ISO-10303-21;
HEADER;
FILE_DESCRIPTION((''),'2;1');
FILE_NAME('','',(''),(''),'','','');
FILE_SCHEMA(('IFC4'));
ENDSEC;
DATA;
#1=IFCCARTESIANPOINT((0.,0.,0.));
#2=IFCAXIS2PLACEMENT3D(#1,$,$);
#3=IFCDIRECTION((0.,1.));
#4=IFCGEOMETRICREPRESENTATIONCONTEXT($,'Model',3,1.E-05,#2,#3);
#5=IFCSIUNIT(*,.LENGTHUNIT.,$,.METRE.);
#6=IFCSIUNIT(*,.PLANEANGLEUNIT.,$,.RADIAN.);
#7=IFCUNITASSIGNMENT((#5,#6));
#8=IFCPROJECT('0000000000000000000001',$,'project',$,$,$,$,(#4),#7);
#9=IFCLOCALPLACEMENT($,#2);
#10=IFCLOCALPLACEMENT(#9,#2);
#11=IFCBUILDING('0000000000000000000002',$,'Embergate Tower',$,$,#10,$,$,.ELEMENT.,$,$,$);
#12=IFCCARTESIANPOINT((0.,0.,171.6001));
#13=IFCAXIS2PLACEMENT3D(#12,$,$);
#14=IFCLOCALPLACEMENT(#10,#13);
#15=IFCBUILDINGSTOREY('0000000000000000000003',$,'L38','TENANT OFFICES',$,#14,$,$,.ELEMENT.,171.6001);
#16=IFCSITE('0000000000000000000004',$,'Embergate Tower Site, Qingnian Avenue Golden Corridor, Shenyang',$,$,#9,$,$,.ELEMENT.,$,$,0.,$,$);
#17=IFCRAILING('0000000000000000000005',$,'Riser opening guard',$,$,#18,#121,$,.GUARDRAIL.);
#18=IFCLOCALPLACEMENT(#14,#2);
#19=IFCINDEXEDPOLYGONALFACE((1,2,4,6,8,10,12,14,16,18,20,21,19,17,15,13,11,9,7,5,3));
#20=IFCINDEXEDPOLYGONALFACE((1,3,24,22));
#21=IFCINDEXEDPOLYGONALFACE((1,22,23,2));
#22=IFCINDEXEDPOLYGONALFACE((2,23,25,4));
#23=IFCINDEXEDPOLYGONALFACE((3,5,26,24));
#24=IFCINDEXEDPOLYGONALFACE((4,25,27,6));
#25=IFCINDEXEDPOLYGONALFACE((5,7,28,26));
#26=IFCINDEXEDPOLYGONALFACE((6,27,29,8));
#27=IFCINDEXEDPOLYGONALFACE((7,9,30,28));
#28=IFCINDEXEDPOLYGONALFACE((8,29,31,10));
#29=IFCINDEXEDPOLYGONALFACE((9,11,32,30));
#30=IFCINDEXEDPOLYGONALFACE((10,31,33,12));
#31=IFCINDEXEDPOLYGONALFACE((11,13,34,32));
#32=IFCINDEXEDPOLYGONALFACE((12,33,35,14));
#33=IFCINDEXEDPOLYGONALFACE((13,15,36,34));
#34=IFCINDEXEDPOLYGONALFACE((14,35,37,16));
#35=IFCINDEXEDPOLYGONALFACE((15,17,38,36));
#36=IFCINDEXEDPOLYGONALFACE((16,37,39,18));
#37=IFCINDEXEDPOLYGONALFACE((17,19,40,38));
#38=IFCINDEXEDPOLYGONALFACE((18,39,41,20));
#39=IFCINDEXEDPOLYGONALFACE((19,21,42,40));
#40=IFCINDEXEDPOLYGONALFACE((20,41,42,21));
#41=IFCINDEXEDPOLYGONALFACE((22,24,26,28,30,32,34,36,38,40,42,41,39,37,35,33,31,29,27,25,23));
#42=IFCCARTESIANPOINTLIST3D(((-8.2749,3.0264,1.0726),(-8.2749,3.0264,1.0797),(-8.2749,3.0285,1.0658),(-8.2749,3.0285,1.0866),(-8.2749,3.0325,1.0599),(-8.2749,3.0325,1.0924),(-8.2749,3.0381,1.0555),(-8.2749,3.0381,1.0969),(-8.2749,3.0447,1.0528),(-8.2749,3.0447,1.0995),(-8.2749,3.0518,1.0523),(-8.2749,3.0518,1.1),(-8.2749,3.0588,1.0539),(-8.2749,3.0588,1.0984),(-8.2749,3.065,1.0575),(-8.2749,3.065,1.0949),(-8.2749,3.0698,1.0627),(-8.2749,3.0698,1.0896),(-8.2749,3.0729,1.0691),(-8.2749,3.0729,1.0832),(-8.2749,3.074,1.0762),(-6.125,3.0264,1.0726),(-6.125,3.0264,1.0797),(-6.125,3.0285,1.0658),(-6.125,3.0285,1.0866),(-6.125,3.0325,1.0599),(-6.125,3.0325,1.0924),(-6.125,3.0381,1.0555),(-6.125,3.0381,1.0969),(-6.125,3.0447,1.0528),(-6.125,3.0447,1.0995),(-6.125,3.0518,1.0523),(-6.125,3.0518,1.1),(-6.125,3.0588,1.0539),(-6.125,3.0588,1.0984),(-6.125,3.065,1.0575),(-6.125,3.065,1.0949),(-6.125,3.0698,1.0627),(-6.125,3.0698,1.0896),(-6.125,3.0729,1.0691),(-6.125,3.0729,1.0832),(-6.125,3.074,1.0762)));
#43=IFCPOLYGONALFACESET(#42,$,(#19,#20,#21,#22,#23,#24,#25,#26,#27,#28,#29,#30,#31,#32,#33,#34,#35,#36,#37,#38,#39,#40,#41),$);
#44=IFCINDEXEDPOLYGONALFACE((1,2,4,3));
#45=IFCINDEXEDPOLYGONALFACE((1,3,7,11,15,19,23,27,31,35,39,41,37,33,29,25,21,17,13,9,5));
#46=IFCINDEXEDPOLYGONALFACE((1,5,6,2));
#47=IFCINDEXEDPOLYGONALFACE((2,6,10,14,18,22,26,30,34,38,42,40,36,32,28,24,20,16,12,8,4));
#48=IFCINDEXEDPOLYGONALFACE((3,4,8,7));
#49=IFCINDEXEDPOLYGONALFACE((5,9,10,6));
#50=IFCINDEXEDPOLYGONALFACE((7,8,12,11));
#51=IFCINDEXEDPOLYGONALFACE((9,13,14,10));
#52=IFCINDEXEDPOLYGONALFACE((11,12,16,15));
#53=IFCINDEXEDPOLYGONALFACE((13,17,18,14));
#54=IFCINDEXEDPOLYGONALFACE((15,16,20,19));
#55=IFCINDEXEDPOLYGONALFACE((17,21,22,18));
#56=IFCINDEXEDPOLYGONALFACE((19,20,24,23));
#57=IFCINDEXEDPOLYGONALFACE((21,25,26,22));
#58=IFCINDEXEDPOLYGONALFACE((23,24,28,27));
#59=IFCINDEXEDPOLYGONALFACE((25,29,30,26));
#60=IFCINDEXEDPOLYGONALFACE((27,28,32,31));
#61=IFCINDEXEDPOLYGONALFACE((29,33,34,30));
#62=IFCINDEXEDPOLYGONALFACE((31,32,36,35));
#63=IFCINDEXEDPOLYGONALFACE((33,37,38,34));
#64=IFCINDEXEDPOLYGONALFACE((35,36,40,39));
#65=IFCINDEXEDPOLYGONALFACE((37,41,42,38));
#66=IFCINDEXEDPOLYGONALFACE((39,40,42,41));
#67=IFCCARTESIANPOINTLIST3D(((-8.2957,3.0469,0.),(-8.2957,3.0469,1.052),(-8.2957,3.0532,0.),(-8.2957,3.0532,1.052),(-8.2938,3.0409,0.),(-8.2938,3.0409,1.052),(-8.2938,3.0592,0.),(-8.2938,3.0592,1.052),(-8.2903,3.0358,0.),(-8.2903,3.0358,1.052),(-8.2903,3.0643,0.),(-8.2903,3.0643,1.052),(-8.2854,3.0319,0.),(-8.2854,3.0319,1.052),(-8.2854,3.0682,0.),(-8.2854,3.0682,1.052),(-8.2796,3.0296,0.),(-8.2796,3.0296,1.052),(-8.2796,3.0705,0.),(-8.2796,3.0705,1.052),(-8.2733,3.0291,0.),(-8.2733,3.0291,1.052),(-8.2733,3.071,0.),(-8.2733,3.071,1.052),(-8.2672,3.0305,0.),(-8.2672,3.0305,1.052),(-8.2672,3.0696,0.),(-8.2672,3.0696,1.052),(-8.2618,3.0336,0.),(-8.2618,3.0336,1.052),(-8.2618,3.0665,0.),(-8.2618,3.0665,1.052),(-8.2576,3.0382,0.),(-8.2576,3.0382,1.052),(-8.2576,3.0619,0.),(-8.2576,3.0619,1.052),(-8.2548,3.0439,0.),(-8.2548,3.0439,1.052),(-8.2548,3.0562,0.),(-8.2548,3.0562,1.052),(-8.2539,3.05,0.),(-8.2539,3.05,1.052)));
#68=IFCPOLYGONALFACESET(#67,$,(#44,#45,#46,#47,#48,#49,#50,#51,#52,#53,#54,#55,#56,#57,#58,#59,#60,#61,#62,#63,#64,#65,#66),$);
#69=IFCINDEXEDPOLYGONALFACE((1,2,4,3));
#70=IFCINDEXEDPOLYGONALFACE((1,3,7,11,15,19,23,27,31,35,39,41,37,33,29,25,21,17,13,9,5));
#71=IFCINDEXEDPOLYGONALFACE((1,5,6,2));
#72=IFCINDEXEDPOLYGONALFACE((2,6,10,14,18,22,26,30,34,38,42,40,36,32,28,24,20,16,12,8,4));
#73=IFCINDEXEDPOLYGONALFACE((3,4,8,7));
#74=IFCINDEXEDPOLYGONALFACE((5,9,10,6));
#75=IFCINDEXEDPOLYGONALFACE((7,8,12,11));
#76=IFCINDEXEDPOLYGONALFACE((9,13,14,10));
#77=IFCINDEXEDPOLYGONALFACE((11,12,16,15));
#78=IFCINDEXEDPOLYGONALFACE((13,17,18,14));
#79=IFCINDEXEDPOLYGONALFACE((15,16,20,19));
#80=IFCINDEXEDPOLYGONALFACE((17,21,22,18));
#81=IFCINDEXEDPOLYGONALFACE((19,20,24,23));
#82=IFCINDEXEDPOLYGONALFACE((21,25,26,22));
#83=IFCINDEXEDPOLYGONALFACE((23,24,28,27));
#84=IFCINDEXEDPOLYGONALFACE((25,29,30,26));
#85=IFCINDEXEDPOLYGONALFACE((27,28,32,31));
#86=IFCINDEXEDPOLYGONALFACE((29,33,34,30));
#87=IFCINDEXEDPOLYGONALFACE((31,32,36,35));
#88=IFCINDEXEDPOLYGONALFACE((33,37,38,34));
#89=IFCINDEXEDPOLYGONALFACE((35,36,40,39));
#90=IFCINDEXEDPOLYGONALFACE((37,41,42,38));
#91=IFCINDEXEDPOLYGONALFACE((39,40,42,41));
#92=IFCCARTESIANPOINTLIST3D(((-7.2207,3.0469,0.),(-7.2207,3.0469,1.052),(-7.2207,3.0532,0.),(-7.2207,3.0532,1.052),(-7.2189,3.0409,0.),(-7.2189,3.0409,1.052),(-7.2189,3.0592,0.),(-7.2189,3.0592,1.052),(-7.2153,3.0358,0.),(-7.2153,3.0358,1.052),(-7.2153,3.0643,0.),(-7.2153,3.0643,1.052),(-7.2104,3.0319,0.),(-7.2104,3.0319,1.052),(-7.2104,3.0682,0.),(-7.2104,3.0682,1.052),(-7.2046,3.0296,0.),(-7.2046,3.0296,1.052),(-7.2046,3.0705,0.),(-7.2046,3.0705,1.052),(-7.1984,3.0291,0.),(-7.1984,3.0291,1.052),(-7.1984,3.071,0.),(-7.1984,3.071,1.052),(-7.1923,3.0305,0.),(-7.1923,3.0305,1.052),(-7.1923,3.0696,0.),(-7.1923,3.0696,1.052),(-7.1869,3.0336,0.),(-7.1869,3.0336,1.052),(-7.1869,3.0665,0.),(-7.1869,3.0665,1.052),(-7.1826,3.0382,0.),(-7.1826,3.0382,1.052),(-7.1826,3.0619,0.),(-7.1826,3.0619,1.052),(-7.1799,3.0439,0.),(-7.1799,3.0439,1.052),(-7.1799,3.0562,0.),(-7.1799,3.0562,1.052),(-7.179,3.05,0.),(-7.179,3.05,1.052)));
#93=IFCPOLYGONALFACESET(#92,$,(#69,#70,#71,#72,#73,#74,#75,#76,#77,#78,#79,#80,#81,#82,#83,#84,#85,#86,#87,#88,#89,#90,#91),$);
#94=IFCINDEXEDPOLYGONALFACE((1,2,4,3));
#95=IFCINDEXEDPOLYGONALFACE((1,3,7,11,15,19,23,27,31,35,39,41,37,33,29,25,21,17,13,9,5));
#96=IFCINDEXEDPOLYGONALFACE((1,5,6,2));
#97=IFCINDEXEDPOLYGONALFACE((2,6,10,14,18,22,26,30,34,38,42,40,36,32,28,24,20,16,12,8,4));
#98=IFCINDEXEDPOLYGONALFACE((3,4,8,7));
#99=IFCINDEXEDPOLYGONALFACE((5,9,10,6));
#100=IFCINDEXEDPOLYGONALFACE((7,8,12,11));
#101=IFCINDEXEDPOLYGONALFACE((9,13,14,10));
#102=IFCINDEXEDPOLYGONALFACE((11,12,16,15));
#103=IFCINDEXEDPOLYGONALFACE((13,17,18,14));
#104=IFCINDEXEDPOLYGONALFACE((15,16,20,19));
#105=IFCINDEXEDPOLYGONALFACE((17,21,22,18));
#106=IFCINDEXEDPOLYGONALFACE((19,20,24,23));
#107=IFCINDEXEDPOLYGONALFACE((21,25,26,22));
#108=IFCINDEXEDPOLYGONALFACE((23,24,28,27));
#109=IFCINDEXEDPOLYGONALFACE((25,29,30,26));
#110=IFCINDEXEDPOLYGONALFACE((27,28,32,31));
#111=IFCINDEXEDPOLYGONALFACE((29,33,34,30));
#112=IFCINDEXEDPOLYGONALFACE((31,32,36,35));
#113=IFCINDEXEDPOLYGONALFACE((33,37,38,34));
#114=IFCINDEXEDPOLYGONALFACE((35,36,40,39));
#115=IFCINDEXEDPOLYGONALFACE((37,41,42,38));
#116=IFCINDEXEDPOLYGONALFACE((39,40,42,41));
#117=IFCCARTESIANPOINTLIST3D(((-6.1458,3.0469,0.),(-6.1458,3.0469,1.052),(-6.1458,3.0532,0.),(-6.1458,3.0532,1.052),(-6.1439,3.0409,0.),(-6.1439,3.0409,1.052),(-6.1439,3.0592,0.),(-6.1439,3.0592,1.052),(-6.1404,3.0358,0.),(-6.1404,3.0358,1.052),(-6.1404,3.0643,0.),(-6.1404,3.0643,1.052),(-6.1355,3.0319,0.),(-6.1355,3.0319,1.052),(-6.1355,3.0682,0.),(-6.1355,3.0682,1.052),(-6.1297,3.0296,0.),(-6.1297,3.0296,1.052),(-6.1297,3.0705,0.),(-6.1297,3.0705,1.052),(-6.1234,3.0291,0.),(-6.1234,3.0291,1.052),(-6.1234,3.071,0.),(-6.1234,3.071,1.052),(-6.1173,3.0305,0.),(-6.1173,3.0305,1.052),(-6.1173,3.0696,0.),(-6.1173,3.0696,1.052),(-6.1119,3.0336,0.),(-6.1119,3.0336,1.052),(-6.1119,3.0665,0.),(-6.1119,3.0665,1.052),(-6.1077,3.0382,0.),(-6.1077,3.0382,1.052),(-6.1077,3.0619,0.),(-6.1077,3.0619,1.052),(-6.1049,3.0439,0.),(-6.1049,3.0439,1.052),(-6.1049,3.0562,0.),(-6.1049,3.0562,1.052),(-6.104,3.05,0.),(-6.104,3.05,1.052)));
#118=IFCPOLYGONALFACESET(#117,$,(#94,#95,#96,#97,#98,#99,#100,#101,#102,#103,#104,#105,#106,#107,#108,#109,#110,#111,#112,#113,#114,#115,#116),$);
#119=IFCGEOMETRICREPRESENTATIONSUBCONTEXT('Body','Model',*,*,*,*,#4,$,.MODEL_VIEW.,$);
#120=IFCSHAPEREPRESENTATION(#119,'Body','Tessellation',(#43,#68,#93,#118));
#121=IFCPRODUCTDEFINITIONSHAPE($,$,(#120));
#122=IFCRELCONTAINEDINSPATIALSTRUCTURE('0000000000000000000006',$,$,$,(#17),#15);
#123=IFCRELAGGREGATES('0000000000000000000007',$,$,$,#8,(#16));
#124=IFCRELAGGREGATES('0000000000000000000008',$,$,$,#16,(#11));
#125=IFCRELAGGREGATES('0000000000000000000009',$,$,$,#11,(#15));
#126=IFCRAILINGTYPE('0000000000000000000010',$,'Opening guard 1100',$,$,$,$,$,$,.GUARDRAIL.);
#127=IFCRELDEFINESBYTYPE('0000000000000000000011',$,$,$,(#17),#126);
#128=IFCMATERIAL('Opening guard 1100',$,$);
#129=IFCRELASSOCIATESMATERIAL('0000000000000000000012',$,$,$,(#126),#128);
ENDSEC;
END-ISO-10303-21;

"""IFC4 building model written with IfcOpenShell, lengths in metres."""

from ifc_helpers import new_model, si_unit, direction, frame, origin, origin_2d, place, context, subcontext, project, spatial, circle, extrude, source, transform, mapped, material, type_object, element, save


model = new_model("IFC4")

# Units and contexts
model_context = context("Model", 3, precision=1e-05, world=origin(), true_north=direction((0.0, 1.0)))
body_context = subcontext(model_context, "Body", "Model", "MODEL_VIEW")
ifc_project = project(units=[si_unit("LENGTHUNIT", "METRE"), si_unit("PLANEANGLEUNIT", "RADIAN")], contexts=[model_context])

# Site, building, storey
site_placement = place(None, origin())
site = spatial("IfcSite", under=ifc_project, at=site_placement, Name="Embergate Tower Site, Qingnian Avenue Golden Corridor, Shenyang", CompositionType="ELEMENT", RefElevation=0.0)
building_placement = place(site_placement, origin())
building = spatial("IfcBuilding", under=site, at=building_placement, Name="Embergate Tower", CompositionType="ELEMENT")
storey_placement = place(building_placement, frame((0.0, 0.0, 171.6001)))
storey = spatial("IfcBuildingStorey", under=building, at=storey_placement, Name="L38", Description="TENANT OFFICES", CompositionType="ELEMENT", Elevation=171.6001)

# Railing
ifc_material_1 = material(Name="Opening guard 1100")
railing_type_1 = type_object("IfcRailingType", Name="Opening guard 1100", PredefinedType="GUARDRAIL", material=ifc_material_1)
shared_shape_1 = source(origin(), body_context, "Body", "SweptSolid", [
    extrude(circle(Radius=0.0239, at=origin_2d()), frame((0.0, 0.0, 1.0762), z_axis=(1.0, 0.0, 0.0), x_axis=(0.0, 1.0, 0.0)), (0.0, 0.0, 1.0), 2.1499),
    extrude(circle(Radius=0.021, at=origin_2d()), origin(), (0.0, 0.0, 1.0), 1.052),
    extrude(circle(Radius=0.021, at=origin_2d()), frame((1.075, 0.0, 0.0)), (0.0, 0.0, 1.0), 1.052),
    extrude(circle(Radius=0.021, at=origin_2d()), frame((2.1499, 0.0, 0.0)), (0.0, 0.0, 1.0), 1.052),
])
railing_1_placement = place(storey_placement, frame((-8.2749, 3.05, 0.0)))
element("IfcRailing", 1, at=railing_1_placement, inside=storey, type_object=railing_type_1, Name="Riser opening guard", PredefinedType="GUARDRAIL", context=body_context, shape_type="MappedRepresentation", body=[
    mapped(shared_shape_1, transform((0.0, 0.0, 0.0))),
])

save(model, "model.ifc")
